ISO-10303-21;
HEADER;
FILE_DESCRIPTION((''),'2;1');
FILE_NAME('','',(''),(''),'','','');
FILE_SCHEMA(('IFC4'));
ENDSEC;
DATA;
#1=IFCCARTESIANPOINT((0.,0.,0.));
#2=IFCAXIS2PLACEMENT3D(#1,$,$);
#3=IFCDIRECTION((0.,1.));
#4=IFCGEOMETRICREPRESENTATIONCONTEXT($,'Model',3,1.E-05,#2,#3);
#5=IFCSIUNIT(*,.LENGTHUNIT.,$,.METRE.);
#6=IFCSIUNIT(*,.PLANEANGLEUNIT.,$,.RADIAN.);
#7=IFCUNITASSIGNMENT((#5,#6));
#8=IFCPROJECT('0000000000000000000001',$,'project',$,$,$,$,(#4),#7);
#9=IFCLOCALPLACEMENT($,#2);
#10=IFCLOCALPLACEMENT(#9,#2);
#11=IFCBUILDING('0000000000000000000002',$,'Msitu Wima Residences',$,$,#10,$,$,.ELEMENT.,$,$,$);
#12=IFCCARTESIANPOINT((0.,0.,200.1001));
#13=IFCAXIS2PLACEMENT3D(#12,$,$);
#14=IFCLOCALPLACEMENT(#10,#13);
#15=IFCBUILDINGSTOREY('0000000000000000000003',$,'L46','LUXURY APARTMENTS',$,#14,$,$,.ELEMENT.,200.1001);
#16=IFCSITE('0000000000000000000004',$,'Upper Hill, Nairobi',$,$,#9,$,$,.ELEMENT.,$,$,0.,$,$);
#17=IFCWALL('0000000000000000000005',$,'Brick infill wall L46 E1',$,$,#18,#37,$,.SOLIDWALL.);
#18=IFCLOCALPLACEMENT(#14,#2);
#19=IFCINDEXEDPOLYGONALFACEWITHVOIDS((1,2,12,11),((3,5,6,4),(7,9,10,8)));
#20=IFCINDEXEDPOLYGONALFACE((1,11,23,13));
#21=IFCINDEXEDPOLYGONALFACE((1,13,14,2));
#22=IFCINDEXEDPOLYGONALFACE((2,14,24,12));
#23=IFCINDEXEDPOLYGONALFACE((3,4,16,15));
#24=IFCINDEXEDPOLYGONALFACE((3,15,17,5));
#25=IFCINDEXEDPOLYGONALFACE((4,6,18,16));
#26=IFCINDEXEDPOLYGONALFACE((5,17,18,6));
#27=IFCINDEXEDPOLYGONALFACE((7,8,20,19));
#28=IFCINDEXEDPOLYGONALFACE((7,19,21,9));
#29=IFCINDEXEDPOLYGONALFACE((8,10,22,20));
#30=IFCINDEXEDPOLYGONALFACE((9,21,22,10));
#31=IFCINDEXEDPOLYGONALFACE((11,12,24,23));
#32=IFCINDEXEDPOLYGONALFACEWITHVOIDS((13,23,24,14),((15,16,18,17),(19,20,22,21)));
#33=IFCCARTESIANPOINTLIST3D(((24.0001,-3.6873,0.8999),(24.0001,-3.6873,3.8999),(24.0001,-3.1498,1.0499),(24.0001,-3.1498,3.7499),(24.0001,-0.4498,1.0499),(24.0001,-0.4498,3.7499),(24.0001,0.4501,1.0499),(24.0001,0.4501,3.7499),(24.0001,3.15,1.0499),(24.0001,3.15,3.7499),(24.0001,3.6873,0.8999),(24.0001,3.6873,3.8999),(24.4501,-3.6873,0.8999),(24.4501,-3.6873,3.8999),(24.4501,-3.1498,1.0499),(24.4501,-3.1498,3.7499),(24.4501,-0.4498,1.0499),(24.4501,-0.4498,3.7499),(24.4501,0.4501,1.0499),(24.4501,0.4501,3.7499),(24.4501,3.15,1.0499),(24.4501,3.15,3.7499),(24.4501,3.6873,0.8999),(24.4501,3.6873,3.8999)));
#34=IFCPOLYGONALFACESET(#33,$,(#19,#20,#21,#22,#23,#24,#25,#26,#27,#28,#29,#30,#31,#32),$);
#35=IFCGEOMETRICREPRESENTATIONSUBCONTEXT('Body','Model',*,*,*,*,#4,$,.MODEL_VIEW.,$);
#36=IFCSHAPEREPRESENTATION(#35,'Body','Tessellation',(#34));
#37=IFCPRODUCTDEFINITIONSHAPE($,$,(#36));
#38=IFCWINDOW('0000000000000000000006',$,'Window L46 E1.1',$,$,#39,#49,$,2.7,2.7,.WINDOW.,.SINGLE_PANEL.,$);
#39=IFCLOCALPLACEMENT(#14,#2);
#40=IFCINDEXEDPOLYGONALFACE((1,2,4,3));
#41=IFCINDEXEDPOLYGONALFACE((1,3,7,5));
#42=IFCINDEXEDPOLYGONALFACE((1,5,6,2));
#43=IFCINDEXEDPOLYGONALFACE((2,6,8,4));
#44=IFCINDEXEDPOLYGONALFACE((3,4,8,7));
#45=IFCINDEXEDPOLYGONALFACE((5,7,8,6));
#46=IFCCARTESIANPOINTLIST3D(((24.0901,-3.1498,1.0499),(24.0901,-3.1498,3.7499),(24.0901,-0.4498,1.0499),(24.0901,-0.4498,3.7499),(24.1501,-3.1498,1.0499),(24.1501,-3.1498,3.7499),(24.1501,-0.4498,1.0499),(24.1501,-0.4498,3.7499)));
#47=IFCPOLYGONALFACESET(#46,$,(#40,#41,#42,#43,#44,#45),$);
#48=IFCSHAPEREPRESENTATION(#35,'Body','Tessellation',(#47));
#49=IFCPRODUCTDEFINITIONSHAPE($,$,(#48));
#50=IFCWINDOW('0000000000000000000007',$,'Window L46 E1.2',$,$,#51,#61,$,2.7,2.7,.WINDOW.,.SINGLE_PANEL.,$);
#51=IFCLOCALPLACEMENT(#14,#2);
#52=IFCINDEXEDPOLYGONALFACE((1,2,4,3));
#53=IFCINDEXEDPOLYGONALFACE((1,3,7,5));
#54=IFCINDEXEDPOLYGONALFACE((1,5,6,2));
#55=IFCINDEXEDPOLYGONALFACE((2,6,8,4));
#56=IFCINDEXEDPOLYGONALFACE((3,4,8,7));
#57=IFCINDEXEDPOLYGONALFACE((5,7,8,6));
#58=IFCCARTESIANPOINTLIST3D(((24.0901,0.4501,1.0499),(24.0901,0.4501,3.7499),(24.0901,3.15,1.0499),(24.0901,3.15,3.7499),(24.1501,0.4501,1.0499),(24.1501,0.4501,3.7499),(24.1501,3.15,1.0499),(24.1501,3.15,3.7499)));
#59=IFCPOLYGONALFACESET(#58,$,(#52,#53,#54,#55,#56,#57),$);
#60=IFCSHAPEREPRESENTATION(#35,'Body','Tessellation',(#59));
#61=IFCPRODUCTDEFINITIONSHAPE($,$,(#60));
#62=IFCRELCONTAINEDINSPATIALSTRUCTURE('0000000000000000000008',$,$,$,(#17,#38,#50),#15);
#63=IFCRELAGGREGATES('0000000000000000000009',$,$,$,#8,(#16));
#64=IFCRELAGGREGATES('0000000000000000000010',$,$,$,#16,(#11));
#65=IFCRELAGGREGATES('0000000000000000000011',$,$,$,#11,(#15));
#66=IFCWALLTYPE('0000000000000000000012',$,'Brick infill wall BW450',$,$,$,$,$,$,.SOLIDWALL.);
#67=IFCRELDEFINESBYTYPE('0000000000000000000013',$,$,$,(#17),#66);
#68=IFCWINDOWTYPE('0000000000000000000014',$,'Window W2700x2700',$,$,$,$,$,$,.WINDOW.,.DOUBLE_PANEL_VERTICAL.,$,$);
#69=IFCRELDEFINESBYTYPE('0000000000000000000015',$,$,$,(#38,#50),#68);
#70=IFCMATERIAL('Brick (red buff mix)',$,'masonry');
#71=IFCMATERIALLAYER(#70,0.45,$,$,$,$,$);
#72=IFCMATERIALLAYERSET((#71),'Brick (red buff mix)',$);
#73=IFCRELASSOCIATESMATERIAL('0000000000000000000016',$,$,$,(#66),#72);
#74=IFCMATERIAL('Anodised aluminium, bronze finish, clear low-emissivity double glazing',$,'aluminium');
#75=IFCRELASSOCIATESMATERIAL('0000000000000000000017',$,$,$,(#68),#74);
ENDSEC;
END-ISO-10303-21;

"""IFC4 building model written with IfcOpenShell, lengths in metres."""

from ifc_helpers import new_model, si_unit, direction, frame, frame_2d, origin, place, context, subcontext, project, spatial, rectangle, extrude, material, layer, layer_set, type_object, element, fill, save


model = new_model("IFC4")

# Units and contexts
model_context = context("Model", 3, precision=1e-05, world=origin(), true_north=direction((0.0, 1.0)))
body_context = subcontext(model_context, "Body", "Model", "MODEL_VIEW")
ifc_project = project(units=[si_unit("LENGTHUNIT", "METRE"), si_unit("PLANEANGLEUNIT", "RADIAN")], contexts=[model_context])

# Site, building, storey
site_placement = place(None, origin())
site = spatial("IfcSite", under=ifc_project, at=site_placement, Name="Upper Hill, Nairobi", CompositionType="ELEMENT", RefElevation=0.0)
building_placement = place(site_placement, origin())
building = spatial("IfcBuilding", under=site, at=building_placement, Name="Msitu Wima Residences", CompositionType="ELEMENT")
storey_placement = place(building_placement, frame((0.0, 0.0, 200.1001)))
storey = spatial("IfcBuildingStorey", under=building, at=storey_placement, Name="L46", Description="LUXURY APARTMENTS", CompositionType="ELEMENT", Elevation=200.1001)

# Shared definitions
ifc_material_1 = material(Name="Brick (red buff mix)", Category="masonry")
ifc_layer_1 = layer(ifc_material_1, 0.45)
ifc_layer_set_1 = layer_set([ifc_layer_1], Name="Brick (red buff mix)")
wall_type_1 = type_object("IfcWallType", Name="Brick infill wall BW450", PredefinedType="SOLIDWALL", material=ifc_layer_set_1)
ifc_material_2 = material(Name="Anodised aluminium, bronze finish, clear low-emissivity double glazing", Category="aluminium")
window_type = type_object("IfcWindowType", Name="Window W2700x2700", PartitioningType="DOUBLE_PANEL_VERTICAL", PredefinedType="WINDOW", material=ifc_material_2)

# Wall, openings, windows
wall_1_placement = place(storey_placement, frame((24.2251, -3.6873, 0.8999), z_axis=(0.0, 0.0, 1.0), x_axis=(0.0, 1.0, 0.0)))
wall_1 = element("IfcWall", 1, at=wall_1_placement, inside=storey, type_object=wall_type_1, Name="Brick infill wall L46 E1", PredefinedType="SOLIDWALL", context=body_context, shape_type="SweptSolid", body=[
    extrude(rectangle(XDim=7.3745, YDim=0.45, at=frame_2d((3.6873, 0.0))), origin(), (0.0, 0.0, 1.0), 3.0),
])
opening_1_placement = place(wall_1_placement, frame((0.5374, 0.0, 0.1499)))
opening_1 = element("IfcOpeningElement", 2, at=opening_1_placement, cuts=wall_1, PredefinedType="OPENING", context=body_context, shape_type="SweptSolid", body=[
    extrude(rectangle(XDim=2.7, YDim=2.7, at=frame_2d((1.3501, 1.3501))), frame((0.0, 0.2349, 0.0), z_axis=(0.0, -1.0, 0.0), x_axis=(1.0, 0.0, 0.0)), (0.0, 0.0, 1.0), 0.47),
])
opening_2_placement = place(wall_1_placement, frame((4.1372, 0.0, 0.1499)))
opening_2 = element("IfcOpeningElement", 3, at=opening_2_placement, cuts=wall_1, PredefinedType="OPENING", context=body_context, shape_type="SweptSolid", body=[
    extrude(rectangle(XDim=2.7, YDim=2.7, at=frame_2d((1.3501, 1.3501))), frame((0.0, 0.2349, 0.0), z_axis=(0.0, -1.0, 0.0), x_axis=(1.0, 0.0, 0.0)), (0.0, 0.0, 1.0), 0.47),
])
window_1_placement = place(opening_1_placement, origin())
window_1 = element("IfcWindow", 4, at=window_1_placement, inside=storey, type_object=window_type, Name="Window L46 E1.1", OverallHeight=2.7, OverallWidth=2.7, PartitioningType="SINGLE_PANEL", PredefinedType="WINDOW", context=body_context, shape_type="SweptSolid", body=[
    extrude(rectangle(XDim=2.7, YDim=2.7, at=frame_2d((1.3501, 1.3501))), frame((0.0, 0.135, 0.0), z_axis=(0.0, -1.0, 0.0), x_axis=(1.0, 0.0, 0.0)), (0.0, 0.0, 1.0), 0.0601),
])
fill(opening_1, window_1)
window_2_placement = place(opening_2_placement, origin())
window_2 = element("IfcWindow", 5, at=window_2_placement, inside=storey, type_object=window_type, Name="Window L46 E1.2", OverallHeight=2.7, OverallWidth=2.7, PartitioningType="SINGLE_PANEL", PredefinedType="WINDOW", context=body_context, shape_type="SweptSolid", body=[
    extrude(rectangle(XDim=2.7, YDim=2.7, at=frame_2d((1.3501, 1.3501))), frame((0.0, 0.135, 0.0), z_axis=(0.0, -1.0, 0.0), x_axis=(1.0, 0.0, 0.0)), (0.0, 0.0, 1.0), 0.0601),
])
fill(opening_2, window_2)

save(model, "model.ifc")
